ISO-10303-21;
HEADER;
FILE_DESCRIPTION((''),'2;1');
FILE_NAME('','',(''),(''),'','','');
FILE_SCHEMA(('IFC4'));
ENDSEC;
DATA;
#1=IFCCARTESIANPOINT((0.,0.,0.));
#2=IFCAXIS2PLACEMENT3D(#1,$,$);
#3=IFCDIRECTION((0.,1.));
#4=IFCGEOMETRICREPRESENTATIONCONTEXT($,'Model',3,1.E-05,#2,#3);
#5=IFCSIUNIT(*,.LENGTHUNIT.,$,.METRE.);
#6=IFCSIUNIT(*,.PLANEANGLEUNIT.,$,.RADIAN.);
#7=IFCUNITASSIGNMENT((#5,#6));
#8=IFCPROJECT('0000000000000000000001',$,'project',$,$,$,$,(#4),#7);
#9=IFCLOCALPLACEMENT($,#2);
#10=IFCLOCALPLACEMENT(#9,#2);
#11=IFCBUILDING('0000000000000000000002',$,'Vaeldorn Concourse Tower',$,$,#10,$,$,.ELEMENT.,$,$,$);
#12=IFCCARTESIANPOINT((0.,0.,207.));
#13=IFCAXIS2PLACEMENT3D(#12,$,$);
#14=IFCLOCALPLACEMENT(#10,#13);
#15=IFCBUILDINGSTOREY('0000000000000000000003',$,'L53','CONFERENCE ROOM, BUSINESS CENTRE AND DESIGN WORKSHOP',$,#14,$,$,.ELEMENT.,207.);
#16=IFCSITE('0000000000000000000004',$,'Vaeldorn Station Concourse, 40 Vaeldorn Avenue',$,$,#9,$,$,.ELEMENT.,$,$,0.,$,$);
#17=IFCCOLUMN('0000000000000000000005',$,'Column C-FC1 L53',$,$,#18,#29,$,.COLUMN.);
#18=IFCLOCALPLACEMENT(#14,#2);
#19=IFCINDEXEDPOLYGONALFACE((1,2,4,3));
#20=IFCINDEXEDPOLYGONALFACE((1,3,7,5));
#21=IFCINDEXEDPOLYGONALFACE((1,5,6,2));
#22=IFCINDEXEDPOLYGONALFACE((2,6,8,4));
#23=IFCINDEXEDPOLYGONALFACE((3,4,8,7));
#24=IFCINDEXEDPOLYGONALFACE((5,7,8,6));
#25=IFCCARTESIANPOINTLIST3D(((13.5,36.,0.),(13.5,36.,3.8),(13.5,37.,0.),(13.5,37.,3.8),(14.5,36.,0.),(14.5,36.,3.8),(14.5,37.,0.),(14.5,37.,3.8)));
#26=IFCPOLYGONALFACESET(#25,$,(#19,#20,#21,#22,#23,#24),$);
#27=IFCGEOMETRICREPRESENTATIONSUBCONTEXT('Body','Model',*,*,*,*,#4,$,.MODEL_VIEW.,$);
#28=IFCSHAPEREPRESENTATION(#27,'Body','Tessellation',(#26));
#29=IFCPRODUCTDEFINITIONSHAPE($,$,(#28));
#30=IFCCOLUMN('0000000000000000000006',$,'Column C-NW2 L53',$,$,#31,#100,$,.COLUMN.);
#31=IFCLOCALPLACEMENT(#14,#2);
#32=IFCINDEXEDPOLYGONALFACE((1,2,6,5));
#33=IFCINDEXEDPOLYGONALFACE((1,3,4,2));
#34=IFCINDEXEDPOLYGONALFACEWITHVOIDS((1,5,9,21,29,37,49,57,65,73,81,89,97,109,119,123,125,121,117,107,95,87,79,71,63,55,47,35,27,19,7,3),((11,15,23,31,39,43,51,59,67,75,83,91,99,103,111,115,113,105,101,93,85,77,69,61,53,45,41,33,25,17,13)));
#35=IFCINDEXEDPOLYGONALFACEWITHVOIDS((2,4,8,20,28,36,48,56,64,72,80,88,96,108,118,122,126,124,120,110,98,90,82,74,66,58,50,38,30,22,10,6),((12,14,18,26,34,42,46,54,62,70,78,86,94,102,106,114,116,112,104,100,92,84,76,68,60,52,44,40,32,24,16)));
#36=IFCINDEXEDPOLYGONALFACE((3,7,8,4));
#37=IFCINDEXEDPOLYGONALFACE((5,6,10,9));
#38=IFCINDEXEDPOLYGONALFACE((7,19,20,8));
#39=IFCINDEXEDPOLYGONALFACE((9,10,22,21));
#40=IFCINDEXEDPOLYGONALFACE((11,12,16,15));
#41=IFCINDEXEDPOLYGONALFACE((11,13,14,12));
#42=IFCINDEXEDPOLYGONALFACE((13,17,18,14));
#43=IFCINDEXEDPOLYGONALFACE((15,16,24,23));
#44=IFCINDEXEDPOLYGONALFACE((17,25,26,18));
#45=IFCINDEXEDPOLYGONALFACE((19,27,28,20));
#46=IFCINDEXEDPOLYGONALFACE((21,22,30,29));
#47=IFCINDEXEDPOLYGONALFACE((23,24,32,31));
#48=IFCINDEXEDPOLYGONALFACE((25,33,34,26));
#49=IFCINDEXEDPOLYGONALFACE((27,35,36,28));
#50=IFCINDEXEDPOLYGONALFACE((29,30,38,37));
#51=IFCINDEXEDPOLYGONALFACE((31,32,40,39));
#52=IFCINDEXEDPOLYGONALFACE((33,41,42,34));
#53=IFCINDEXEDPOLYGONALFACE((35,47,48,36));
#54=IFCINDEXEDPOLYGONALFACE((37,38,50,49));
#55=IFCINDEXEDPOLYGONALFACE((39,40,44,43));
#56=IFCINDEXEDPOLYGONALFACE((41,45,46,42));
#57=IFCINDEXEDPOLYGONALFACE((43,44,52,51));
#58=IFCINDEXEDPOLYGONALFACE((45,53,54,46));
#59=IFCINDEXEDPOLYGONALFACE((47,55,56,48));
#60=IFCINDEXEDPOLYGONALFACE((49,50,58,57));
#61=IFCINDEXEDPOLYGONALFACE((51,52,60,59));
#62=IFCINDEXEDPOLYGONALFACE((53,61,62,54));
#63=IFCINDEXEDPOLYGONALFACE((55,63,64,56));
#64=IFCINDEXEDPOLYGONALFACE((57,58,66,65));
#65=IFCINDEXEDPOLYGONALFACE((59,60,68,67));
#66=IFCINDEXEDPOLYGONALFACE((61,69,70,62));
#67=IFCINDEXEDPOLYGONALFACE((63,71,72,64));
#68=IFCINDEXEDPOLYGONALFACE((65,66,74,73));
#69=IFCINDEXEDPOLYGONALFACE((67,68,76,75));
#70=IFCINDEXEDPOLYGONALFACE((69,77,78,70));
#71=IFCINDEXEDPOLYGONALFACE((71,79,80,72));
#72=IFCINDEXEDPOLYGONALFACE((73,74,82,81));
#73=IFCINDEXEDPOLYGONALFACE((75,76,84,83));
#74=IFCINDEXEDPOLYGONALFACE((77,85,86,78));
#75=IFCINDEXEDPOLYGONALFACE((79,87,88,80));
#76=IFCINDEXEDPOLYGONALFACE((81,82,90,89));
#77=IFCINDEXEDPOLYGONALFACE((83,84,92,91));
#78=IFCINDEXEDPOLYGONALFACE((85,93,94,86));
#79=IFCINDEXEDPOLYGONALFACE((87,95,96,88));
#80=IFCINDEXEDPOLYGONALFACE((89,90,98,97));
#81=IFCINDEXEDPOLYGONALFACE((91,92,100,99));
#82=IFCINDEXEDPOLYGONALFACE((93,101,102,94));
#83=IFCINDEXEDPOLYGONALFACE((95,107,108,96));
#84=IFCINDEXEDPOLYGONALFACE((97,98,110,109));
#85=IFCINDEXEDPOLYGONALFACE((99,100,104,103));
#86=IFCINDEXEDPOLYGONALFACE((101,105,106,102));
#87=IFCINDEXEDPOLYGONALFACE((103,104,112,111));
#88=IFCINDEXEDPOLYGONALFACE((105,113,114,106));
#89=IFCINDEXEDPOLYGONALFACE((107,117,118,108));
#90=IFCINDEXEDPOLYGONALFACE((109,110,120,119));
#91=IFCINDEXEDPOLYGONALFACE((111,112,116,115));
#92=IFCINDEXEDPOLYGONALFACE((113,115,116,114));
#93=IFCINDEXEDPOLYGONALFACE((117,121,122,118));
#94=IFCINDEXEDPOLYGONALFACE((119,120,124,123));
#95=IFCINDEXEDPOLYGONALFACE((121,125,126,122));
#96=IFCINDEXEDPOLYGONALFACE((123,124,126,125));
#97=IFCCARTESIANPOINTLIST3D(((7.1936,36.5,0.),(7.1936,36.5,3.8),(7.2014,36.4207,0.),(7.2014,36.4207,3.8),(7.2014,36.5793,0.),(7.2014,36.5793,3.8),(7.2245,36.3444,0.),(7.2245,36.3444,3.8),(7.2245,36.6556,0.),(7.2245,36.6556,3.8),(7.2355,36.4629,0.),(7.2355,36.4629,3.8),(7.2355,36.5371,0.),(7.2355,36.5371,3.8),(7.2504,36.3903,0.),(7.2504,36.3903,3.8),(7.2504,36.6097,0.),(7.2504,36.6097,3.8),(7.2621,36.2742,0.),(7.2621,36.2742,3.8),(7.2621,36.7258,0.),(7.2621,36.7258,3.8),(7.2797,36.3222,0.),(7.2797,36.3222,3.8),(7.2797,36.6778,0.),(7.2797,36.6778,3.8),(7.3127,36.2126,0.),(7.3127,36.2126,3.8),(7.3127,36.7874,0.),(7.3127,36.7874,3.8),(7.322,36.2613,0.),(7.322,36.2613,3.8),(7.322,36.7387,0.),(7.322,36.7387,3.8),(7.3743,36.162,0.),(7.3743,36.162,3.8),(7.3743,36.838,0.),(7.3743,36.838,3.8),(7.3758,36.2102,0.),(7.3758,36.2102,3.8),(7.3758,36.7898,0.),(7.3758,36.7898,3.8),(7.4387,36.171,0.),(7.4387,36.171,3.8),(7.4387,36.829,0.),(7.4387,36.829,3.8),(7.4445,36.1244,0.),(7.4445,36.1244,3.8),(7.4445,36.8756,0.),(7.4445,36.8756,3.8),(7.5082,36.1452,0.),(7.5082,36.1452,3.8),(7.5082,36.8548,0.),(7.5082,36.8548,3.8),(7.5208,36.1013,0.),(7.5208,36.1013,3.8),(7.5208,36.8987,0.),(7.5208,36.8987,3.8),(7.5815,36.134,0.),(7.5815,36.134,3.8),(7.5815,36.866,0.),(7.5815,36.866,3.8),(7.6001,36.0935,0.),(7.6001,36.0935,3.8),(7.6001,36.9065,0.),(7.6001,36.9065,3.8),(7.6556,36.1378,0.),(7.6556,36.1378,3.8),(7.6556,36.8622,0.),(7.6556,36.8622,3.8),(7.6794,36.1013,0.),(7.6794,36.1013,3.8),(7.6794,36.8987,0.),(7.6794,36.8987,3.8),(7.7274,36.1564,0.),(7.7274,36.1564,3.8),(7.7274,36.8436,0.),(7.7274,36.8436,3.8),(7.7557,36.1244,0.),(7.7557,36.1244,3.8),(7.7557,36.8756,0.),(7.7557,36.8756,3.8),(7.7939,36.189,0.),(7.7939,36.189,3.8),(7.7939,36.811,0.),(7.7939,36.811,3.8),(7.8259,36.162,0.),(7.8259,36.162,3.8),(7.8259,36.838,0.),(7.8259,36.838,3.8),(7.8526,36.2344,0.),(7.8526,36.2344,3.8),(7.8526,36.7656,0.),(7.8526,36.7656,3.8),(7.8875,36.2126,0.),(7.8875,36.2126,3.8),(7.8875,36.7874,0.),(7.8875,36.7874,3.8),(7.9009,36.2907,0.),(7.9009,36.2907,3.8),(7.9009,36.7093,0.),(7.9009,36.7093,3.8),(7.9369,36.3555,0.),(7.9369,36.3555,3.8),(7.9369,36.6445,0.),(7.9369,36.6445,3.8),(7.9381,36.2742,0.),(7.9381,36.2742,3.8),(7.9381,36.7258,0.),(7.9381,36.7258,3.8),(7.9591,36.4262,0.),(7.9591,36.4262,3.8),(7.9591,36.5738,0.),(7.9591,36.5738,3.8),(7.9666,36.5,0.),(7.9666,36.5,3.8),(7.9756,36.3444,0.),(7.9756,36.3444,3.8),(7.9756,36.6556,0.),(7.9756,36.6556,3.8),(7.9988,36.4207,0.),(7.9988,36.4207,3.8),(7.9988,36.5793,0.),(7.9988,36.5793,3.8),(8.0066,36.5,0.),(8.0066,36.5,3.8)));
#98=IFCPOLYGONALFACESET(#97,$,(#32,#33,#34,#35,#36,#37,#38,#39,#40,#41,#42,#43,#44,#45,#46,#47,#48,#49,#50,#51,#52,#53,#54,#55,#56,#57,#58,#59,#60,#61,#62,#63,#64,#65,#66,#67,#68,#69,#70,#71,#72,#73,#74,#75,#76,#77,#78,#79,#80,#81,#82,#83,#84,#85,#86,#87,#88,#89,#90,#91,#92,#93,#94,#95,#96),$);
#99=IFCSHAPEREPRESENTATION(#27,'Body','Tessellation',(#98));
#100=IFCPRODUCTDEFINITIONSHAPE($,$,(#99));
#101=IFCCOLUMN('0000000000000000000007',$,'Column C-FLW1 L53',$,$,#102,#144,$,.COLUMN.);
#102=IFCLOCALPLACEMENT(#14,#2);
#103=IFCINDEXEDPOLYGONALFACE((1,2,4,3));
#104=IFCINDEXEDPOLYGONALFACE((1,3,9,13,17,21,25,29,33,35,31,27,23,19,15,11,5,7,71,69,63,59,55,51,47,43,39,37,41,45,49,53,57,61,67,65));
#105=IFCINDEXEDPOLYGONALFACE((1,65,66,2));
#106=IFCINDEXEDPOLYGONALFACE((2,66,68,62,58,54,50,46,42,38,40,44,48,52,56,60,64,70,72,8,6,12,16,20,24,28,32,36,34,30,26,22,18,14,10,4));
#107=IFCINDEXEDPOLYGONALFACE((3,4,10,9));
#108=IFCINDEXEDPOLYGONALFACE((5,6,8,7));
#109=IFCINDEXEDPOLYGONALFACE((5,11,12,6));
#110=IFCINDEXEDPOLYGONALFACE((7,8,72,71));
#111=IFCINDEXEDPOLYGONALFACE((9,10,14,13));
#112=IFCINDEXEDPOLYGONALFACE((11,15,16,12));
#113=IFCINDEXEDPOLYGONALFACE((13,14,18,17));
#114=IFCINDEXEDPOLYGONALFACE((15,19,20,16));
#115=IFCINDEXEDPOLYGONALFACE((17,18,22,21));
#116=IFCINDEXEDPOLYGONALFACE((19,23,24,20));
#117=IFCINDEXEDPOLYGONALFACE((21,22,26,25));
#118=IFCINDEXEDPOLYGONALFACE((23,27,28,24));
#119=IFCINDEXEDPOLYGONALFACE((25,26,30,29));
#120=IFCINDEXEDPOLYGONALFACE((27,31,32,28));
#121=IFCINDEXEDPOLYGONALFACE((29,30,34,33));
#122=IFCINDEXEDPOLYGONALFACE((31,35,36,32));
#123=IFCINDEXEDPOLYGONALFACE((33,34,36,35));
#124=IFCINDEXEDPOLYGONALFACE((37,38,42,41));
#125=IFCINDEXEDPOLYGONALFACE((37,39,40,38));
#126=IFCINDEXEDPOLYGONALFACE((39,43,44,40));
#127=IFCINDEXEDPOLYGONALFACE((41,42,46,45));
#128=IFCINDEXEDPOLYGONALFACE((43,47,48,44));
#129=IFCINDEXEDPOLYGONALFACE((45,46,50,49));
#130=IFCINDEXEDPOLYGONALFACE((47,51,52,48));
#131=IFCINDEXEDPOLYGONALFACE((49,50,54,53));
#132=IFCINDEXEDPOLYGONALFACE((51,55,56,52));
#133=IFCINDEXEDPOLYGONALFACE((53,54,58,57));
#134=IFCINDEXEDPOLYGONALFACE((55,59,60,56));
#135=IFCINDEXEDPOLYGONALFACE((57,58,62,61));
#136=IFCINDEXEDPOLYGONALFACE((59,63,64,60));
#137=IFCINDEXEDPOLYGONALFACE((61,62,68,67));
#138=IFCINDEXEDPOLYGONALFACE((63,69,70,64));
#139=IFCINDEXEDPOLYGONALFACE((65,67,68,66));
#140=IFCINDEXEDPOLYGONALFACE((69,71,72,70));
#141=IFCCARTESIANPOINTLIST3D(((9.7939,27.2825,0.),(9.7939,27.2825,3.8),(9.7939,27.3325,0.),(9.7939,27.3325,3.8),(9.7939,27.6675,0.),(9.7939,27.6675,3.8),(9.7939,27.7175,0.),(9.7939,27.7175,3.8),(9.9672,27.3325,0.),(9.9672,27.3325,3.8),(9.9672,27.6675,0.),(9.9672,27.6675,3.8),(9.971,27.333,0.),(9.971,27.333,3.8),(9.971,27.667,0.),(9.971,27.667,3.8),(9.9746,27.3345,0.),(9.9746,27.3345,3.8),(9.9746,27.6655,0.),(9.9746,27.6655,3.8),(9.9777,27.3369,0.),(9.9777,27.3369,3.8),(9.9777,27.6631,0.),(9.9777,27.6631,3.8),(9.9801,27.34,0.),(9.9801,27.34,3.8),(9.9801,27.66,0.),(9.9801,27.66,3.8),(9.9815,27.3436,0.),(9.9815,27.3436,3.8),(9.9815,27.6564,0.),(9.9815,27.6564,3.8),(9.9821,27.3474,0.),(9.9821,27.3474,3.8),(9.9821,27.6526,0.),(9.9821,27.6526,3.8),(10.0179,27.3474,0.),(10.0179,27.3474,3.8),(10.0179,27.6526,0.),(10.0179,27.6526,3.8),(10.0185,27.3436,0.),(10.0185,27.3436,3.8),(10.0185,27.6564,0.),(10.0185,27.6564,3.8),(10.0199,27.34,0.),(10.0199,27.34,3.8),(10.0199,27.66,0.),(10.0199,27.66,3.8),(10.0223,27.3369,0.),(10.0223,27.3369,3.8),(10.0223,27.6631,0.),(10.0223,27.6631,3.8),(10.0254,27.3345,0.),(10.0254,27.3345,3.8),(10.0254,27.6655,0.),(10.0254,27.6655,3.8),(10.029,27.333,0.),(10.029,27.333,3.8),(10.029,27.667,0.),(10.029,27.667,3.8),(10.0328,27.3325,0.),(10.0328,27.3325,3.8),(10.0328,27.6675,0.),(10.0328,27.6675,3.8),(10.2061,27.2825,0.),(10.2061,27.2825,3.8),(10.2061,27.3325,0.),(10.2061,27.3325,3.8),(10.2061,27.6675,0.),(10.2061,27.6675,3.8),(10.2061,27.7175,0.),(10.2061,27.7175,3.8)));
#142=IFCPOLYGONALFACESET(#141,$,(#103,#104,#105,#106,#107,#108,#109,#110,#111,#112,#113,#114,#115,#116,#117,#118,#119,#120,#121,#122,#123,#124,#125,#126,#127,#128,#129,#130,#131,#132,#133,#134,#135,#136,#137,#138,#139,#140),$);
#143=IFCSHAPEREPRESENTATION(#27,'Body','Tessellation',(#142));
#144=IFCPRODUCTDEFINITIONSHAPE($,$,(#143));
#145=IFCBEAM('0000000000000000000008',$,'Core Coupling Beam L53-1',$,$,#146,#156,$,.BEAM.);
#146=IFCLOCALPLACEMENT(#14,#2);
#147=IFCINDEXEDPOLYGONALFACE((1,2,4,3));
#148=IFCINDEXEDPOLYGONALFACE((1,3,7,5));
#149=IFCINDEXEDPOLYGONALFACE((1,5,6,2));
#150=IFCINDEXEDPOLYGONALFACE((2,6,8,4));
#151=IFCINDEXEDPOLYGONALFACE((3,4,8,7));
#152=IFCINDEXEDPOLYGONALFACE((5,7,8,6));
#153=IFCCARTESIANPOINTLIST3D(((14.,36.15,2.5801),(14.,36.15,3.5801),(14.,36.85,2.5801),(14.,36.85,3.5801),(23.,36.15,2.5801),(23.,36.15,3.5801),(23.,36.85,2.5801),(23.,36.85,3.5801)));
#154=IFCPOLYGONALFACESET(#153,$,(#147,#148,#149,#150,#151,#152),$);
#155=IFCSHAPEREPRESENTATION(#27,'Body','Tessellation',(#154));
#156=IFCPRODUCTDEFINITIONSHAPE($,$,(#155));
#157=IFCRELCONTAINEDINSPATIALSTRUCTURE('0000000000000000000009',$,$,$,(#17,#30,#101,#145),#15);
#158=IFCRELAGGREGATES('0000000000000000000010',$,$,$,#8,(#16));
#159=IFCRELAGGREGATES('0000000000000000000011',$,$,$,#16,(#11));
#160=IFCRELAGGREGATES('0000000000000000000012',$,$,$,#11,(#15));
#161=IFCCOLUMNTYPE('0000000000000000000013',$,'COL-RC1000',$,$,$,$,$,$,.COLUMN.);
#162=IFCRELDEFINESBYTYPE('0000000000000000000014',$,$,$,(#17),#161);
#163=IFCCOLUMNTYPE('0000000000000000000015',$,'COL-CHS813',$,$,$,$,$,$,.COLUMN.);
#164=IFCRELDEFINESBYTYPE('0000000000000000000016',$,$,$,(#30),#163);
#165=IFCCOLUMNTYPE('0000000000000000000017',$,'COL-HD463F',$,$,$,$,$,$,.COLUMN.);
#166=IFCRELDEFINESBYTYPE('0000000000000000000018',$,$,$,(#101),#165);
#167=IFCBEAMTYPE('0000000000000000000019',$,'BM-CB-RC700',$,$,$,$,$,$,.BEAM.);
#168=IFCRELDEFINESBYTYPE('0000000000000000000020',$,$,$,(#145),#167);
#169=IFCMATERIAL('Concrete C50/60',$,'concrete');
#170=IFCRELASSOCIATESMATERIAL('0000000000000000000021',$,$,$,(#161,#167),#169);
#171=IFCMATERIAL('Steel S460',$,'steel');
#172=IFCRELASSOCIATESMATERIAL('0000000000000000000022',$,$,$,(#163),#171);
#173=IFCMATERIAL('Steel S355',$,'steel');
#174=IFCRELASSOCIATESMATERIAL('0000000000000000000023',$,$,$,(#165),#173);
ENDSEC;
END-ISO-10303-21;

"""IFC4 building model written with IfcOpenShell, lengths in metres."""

from ifc_helpers import new_model, si_unit, direction, frame, origin, origin_2d, place, context, subcontext, project, spatial, rectangle, hollow_circle, i_section, extrude, source, transform, mapped, material, material_profile, profile_set, type_object, element, save


model = new_model("IFC4")

# Units and contexts
model_context = context("Model", 3, precision=1e-05, world=origin(), true_north=direction((0.0, 1.0)))
body_context = subcontext(model_context, "Body", "Model", "MODEL_VIEW")
ifc_project = project(units=[si_unit("LENGTHUNIT", "METRE"), si_unit("PLANEANGLEUNIT", "RADIAN")], contexts=[model_context])

# Site, building, storey
site_placement = place(None, origin())
site = spatial("IfcSite", under=ifc_project, at=site_placement, Name="Vaeldorn Station Concourse, 40 Vaeldorn Avenue", CompositionType="ELEMENT", RefElevation=0.0)
building_placement = place(site_placement, origin())
building = spatial("IfcBuilding", under=site, at=building_placement, Name="Vaeldorn Concourse Tower", CompositionType="ELEMENT")
storey_placement = place(building_placement, frame((0.0, 0.0, 207.0)))
storey = spatial("IfcBuildingStorey", under=building, at=storey_placement, Name="L53", Description="CONFERENCE ROOM, BUSINESS CENTRE AND DESIGN WORKSHOP", CompositionType="ELEMENT", Elevation=207.0)

# Columns
ifc_material_1 = material(Name="Concrete C50/60", Category="concrete")
ifc_material_profile_1 = material_profile(ifc_material_1, rectangle(XDim=1.0, YDim=1.0, at=origin_2d()), Name="RC 1000x1000")
ifc_profile_set_1 = profile_set([ifc_material_profile_1], Name="Concrete C50/60")
column_type_1 = type_object("IfcColumnType", Name="COL-RC1000", PredefinedType="COLUMN", material=ifc_profile_set_1)
shared_shape_1 = source(origin(), body_context, "Body", "SweptSolid", [
    extrude(rectangle(XDim=1.0, YDim=1.0, at=origin_2d()), origin(), (0.0, 0.0, 1.0), 3.8),
])
column_1_placement = place(storey_placement, frame((14.0, 36.5, 0.0), z_axis=(0.0, 0.0, 1.0), x_axis=(1.0, 0.0, 0.0)))
element("IfcColumn", 1, at=column_1_placement, inside=storey, type_object=column_type_1, Name="Column C-FC1 L53", PredefinedType="COLUMN", context=body_context, shape_type="MappedRepresentation", body=[
    mapped(shared_shape_1, transform((0.0, 0.0, 0.0), scale=1.0)),
])
ifc_material_2 = material(Name="Steel S460", Category="steel")
ifc_material_profile_2 = material_profile(ifc_material_2, hollow_circle(Radius=0.4065, WallThickness=0.04, at=origin_2d()), Name="CHS 813x40")
ifc_profile_set_2 = profile_set([ifc_material_profile_2], Name="Steel S460")
column_type_2 = type_object("IfcColumnType", Name="COL-CHS813", PredefinedType="COLUMN", material=ifc_profile_set_2)
shared_shape_2 = source(origin(), body_context, "Body", "SweptSolid", [
    extrude(hollow_circle(Radius=0.4065, WallThickness=0.04, at=origin_2d()), origin(), (0.0, 0.0, 1.0), 3.8),
])
column_2_placement = place(storey_placement, frame((7.6001, 36.5, 0.0), z_axis=(0.0, 0.0, 1.0), x_axis=(1.0, 0.0, 0.0)))
element("IfcColumn", 2, at=column_2_placement, inside=storey, type_object=column_type_2, Name="Column C-NW2 L53", PredefinedType="COLUMN", context=body_context, shape_type="MappedRepresentation", body=[
    mapped(shared_shape_2, transform((0.0, 0.0, 0.0), scale=1.0)),
])
ifc_material_3 = material(Name="Steel S355", Category="steel")
ifc_material_profile_3 = material_profile(ifc_material_3, i_section(OverallWidth=0.4121, OverallDepth=0.4351, WebThickness=0.0359, FlangeThickness=0.05, FilletRadius=0.0149, at=origin_2d()), Name="HD 400x463")
ifc_profile_set_3 = profile_set([ifc_material_profile_3], Name="Steel S355")
column_type_3 = type_object("IfcColumnType", Name="COL-HD463F", PredefinedType="COLUMN", material=ifc_profile_set_3)
shared_shape_3 = source(origin(), body_context, "Body", "SweptSolid", [
    extrude(i_section(OverallWidth=0.4121, OverallDepth=0.4351, WebThickness=0.0359, FlangeThickness=0.05, FilletRadius=0.0149, at=origin_2d()), origin(), (0.0, 0.0, 1.0), 3.8),
])
column_3_placement = place(storey_placement, frame((10.0, 27.5, 0.0), z_axis=(0.0, 0.0, 1.0), x_axis=(1.0, 0.0, 0.0)))
element("IfcColumn", 3, at=column_3_placement, inside=storey, type_object=column_type_3, Name="Column C-FLW1 L53", PredefinedType="COLUMN", context=body_context, shape_type="MappedRepresentation", body=[
    mapped(shared_shape_3, transform((0.0, 0.0, 0.0), scale=1.0)),
])

# Beam
ifc_material_profile_4 = material_profile(ifc_material_1, rectangle(XDim=0.7, YDim=1.0, at=origin_2d()), Name="RC 700x1000")
ifc_profile_set_4 = profile_set([ifc_material_profile_4], Name="Concrete C50/60")
beam_type_1 = type_object("IfcBeamType", Name="BM-CB-RC700", PredefinedType="BEAM", material=ifc_profile_set_4)
shared_shape_4 = source(origin(), body_context, "Body", "SweptSolid", [
    extrude(rectangle(XDim=0.7, YDim=1.0, at=origin_2d()), origin(), (0.0, 0.0, 1.0), 9.0),
])
beam_1_placement = place(storey_placement, frame((14.0, 36.5, 3.0801), z_axis=(1.0, 0.0, 0.0), x_axis=(0.0, 1.0, 0.0)))
element("IfcBeam", 4, at=beam_1_placement, inside=storey, type_object=beam_type_1, Name="Core Coupling Beam L53-1", PredefinedType="BEAM", context=body_context, shape_type="MappedRepresentation", body=[
    mapped(shared_shape_4, transform((0.0, 0.0, 0.0), scale=1.0)),
])

save(model, "model.ifc")
